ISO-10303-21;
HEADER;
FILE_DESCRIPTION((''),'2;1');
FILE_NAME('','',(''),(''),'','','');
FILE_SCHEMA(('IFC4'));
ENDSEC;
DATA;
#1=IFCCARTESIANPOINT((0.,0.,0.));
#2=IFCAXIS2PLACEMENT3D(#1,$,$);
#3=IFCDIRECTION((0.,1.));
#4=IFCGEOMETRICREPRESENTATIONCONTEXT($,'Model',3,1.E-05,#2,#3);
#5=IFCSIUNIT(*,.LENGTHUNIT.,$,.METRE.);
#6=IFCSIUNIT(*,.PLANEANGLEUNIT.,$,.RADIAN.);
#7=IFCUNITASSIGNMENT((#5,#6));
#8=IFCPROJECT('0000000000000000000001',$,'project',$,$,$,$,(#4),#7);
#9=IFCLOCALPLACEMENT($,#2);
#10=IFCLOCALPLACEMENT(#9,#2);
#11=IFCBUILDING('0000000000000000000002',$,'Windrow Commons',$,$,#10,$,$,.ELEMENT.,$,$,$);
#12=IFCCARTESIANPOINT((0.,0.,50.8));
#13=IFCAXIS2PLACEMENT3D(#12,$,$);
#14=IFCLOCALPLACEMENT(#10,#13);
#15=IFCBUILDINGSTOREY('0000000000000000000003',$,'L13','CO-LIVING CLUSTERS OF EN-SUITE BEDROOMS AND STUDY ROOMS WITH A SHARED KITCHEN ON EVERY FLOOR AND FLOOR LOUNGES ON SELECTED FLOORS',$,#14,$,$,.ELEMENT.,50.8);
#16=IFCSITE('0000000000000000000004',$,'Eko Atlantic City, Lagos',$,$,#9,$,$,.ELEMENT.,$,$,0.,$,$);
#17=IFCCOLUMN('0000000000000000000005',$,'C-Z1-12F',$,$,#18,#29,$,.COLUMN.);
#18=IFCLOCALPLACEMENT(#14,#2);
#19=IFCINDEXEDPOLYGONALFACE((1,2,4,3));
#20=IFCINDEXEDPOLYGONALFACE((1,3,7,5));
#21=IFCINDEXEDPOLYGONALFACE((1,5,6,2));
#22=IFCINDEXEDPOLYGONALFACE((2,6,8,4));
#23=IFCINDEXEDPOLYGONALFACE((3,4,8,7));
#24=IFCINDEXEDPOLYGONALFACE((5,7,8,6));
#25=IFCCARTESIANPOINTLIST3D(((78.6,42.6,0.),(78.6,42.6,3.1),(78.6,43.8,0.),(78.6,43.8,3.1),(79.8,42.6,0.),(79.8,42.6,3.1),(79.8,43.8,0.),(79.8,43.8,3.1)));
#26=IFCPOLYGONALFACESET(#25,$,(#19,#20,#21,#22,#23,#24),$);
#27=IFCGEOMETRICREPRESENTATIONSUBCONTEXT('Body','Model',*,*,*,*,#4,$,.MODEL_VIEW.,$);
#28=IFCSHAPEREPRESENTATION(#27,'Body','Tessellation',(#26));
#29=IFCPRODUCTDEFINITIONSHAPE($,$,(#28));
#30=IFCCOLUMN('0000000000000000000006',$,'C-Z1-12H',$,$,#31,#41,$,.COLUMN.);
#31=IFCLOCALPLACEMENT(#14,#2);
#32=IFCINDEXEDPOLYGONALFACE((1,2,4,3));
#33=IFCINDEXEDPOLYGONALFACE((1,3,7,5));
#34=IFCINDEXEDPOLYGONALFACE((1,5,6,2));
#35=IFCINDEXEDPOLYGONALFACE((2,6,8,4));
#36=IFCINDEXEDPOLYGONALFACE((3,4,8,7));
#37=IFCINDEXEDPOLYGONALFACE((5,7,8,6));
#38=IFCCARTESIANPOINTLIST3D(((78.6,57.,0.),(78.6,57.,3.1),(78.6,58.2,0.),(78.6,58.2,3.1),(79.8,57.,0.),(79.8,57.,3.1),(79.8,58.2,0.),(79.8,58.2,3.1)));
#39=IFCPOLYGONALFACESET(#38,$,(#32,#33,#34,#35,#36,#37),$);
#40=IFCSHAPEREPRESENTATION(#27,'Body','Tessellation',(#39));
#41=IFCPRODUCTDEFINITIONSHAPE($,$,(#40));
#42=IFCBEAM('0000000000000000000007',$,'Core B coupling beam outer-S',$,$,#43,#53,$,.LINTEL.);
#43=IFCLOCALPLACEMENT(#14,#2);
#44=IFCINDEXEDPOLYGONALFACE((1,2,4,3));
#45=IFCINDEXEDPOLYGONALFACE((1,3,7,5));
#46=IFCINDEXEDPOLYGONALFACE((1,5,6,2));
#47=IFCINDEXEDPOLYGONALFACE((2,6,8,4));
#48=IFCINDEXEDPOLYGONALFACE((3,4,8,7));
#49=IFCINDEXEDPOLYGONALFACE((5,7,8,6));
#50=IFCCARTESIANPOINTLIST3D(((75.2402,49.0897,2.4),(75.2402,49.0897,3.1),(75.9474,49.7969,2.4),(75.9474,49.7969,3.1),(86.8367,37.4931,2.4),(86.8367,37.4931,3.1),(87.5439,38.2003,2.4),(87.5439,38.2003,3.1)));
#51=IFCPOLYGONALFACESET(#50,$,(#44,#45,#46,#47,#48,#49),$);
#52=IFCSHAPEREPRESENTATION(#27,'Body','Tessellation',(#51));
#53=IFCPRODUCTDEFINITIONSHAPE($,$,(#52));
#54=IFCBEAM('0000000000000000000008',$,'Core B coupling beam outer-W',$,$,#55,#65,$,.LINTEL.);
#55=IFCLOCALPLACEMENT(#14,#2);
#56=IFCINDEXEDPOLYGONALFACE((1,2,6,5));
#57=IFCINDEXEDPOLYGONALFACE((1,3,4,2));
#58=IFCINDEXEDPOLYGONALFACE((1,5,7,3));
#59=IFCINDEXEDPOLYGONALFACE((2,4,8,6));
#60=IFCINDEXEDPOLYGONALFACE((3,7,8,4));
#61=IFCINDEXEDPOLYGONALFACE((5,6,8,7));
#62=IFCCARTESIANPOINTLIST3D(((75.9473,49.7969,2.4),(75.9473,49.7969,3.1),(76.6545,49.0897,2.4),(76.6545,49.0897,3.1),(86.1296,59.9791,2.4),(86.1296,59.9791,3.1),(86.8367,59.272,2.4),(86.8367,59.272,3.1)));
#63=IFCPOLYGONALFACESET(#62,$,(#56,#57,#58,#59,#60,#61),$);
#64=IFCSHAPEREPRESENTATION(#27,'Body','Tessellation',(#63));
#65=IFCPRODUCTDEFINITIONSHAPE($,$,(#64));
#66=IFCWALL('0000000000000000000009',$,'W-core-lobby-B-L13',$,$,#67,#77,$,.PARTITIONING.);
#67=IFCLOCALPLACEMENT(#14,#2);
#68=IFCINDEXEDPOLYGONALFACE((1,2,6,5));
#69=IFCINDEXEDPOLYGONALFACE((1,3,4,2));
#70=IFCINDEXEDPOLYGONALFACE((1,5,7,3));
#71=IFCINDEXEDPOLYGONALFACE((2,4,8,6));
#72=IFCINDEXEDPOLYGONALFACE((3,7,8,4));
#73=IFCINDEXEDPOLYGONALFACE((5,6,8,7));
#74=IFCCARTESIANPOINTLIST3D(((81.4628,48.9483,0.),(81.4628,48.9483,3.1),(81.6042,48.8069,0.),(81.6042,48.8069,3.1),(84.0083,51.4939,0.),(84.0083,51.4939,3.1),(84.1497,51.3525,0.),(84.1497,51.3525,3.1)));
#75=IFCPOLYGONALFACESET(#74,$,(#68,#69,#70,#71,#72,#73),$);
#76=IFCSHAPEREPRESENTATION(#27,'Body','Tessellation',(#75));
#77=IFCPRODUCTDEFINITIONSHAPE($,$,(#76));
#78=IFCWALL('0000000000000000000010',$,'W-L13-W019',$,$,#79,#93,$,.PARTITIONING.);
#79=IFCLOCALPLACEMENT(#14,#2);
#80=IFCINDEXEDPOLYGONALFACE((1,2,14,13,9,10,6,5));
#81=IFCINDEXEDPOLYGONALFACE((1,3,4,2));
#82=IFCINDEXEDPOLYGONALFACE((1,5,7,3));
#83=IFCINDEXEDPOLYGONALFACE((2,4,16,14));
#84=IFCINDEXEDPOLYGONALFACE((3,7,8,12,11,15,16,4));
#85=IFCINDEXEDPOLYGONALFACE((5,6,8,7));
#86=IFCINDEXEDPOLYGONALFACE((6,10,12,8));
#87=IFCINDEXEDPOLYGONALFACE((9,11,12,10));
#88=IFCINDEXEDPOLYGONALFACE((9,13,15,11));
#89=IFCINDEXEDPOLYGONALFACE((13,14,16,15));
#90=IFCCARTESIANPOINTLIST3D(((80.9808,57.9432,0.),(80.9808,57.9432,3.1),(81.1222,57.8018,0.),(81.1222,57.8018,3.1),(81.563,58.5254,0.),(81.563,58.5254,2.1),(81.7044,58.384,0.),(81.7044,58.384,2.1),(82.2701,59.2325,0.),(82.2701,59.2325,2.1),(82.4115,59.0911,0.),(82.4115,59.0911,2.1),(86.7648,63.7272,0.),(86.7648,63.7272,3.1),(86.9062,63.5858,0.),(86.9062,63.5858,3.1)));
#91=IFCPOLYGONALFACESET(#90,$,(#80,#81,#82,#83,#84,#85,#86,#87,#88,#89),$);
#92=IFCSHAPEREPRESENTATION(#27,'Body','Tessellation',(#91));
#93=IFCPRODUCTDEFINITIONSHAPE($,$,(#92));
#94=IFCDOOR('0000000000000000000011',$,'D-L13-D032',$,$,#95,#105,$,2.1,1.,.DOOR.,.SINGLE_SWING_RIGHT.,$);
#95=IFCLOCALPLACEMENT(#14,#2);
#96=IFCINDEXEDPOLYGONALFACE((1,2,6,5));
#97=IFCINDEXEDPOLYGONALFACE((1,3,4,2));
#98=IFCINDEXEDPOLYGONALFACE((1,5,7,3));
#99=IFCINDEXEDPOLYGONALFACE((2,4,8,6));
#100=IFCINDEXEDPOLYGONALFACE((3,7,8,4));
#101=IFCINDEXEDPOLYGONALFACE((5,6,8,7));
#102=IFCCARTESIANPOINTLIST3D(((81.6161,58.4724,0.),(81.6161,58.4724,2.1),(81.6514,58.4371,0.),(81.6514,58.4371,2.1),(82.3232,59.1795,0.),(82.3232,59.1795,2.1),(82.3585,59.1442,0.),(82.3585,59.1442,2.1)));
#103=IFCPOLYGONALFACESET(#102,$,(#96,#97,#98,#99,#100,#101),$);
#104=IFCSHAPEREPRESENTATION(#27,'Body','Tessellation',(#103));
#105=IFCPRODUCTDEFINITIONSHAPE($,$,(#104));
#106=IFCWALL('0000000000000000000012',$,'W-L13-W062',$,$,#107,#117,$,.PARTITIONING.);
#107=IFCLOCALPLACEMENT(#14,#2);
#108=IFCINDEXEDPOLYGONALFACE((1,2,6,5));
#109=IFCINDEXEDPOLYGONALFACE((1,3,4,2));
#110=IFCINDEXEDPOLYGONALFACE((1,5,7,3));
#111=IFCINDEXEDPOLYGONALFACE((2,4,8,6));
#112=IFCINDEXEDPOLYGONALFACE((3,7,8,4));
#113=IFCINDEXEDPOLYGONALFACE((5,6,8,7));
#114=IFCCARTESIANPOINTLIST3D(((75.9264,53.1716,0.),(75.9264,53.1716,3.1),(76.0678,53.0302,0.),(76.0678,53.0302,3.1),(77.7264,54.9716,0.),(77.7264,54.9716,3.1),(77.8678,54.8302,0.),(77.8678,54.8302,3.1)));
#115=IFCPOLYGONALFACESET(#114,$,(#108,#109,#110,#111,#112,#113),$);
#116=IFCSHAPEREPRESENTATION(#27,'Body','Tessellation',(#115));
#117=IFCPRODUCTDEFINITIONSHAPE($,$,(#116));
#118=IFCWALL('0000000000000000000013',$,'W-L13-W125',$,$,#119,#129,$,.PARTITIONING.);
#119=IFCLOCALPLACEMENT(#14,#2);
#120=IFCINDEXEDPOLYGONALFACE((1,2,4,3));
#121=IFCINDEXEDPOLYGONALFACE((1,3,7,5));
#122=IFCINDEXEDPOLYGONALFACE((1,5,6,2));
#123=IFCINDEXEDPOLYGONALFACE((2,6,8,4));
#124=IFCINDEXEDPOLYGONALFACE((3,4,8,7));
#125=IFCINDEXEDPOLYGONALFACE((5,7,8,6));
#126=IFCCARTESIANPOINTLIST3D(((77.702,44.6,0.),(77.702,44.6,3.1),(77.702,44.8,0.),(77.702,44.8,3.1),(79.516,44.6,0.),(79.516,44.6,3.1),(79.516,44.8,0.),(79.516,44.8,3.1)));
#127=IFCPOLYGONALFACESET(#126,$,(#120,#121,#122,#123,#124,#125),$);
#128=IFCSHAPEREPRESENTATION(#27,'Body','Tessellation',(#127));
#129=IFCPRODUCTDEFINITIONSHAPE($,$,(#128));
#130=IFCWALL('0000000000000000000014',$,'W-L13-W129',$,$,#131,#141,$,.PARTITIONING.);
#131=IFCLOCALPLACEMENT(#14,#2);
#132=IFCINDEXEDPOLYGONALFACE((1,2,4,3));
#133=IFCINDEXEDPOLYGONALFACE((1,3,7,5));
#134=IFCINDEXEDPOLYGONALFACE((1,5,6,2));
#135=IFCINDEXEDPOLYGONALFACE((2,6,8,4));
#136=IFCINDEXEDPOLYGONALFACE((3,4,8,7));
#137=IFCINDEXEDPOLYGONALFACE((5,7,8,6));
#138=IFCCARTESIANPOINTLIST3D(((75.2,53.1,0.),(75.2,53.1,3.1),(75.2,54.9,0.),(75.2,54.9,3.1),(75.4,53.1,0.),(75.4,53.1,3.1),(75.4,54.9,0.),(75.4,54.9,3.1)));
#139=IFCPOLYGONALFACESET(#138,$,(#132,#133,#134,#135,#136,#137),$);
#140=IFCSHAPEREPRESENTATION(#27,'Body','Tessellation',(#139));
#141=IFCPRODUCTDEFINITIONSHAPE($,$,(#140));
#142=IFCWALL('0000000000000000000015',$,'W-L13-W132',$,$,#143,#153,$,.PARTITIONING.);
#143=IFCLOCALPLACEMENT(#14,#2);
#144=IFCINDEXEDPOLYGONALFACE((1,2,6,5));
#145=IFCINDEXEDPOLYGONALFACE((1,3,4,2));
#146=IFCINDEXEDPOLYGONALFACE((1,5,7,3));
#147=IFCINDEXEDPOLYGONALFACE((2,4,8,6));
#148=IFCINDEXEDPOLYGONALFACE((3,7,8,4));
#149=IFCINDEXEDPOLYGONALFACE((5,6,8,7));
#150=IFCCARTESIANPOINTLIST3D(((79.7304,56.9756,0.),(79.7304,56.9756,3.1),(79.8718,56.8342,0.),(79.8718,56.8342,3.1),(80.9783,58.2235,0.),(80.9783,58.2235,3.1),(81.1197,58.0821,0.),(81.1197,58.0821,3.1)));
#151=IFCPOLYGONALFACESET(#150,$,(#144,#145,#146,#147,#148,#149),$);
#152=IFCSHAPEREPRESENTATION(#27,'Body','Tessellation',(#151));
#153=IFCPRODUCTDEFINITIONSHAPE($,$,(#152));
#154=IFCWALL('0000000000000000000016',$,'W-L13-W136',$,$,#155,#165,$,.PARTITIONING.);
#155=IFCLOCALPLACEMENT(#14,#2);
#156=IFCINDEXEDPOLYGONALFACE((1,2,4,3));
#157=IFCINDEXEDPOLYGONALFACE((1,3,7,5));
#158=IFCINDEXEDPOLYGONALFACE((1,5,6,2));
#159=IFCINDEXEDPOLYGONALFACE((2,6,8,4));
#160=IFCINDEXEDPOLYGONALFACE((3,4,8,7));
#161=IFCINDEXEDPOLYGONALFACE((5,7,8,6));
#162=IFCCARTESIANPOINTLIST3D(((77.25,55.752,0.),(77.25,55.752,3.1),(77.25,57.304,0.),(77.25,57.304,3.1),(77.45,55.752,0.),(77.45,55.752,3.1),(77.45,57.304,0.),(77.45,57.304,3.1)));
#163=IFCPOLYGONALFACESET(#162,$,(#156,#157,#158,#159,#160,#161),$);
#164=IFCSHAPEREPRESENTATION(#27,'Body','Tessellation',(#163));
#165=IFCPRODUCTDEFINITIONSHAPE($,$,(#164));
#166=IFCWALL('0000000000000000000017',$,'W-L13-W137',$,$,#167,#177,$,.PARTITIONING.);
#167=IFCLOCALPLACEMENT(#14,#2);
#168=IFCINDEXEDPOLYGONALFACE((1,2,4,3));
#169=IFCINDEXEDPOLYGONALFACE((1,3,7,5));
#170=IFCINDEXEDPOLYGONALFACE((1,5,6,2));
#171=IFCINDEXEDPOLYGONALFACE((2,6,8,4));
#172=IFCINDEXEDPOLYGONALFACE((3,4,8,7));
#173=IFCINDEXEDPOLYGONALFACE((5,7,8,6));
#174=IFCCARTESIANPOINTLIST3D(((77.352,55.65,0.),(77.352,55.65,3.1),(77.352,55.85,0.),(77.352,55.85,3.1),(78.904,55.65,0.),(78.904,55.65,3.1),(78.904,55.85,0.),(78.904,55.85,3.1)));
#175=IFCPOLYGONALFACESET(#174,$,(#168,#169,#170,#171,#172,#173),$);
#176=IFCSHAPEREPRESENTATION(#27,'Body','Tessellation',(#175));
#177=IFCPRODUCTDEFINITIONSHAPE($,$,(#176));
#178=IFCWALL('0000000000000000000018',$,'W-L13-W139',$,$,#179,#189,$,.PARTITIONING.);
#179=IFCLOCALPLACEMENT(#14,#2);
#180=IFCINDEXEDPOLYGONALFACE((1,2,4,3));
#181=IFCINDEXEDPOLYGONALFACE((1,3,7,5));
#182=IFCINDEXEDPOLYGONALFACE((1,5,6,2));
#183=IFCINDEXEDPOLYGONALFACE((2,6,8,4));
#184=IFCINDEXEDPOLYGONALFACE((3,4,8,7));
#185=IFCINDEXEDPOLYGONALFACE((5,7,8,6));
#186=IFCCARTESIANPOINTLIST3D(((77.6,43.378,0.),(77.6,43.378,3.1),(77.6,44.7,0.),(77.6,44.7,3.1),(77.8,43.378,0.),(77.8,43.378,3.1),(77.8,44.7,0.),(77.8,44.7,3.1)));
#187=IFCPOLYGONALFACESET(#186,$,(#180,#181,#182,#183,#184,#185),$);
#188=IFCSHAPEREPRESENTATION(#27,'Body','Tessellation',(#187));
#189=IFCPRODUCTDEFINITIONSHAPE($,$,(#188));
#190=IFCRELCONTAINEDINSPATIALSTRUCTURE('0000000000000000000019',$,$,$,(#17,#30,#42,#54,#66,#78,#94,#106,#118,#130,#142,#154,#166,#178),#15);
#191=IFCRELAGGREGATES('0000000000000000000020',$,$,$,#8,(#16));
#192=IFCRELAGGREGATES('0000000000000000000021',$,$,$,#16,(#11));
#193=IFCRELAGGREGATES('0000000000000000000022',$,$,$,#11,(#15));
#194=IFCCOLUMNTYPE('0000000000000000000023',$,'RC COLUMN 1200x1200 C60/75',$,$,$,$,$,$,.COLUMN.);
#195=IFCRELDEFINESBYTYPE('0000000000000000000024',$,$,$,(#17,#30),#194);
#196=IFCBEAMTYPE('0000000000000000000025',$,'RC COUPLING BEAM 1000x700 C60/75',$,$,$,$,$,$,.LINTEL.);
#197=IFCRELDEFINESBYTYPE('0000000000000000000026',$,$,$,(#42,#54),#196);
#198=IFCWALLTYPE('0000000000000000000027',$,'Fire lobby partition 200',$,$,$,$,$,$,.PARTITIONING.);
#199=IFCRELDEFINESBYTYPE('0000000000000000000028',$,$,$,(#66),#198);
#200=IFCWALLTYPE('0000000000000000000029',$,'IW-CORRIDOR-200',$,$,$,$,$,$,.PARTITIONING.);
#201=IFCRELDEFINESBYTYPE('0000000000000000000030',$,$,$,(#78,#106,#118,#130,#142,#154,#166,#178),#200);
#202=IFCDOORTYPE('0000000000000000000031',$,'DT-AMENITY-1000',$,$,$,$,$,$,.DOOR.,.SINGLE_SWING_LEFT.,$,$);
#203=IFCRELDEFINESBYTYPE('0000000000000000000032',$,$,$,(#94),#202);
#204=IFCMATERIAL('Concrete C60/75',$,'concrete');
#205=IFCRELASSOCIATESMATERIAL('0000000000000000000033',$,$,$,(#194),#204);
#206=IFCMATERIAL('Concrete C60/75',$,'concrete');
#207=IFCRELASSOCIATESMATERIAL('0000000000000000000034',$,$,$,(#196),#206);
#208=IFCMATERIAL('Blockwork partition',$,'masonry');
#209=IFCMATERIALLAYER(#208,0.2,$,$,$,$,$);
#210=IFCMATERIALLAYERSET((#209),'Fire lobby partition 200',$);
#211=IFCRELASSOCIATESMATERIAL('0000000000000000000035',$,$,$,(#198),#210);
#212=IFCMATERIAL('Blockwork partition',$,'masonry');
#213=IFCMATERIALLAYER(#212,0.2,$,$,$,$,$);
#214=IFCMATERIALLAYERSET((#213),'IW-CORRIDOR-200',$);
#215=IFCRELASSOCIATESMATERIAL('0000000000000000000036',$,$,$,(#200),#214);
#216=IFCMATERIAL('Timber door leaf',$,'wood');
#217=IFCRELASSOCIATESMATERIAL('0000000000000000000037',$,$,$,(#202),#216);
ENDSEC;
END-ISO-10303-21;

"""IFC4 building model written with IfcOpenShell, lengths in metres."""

from ifc_helpers import new_model, si_unit, direction, frame, frame_2d, origin, origin_2d, place, context, subcontext, project, spatial, rectangle, extrude, material, layer, layer_set, material_profile, profile_set, type_object, element, fill, save


model = new_model("IFC4")

# Units and contexts
model_context = context("Model", 3, precision=1e-05, world=origin(), true_north=direction((0.0, 1.0)))
body_context = subcontext(model_context, "Body", "Model", "MODEL_VIEW")
ifc_project = project(units=[si_unit("LENGTHUNIT", "METRE"), si_unit("PLANEANGLEUNIT", "RADIAN")], contexts=[model_context])

# Site, building, storey
site_placement = place(None, origin())
site = spatial("IfcSite", under=ifc_project, at=site_placement, Name="Eko Atlantic City, Lagos", CompositionType="ELEMENT", RefElevation=0.0)
building_placement = place(site_placement, origin())
building = spatial("IfcBuilding", under=site, at=building_placement, Name="Windrow Commons", CompositionType="ELEMENT")
storey_placement = place(building_placement, frame((0.0, 0.0, 50.8)))
storey = spatial("IfcBuildingStorey", under=building, at=storey_placement, Name="L13", Description="CO-LIVING CLUSTERS OF EN-SUITE BEDROOMS AND STUDY ROOMS WITH A SHARED KITCHEN ON EVERY FLOOR AND FLOOR LOUNGES ON SELECTED FLOORS", CompositionType="ELEMENT", Elevation=50.8)

# Columns
ifc_material_1 = material(Name="Concrete C60/75", Category="concrete")
ifc_material_profile_1 = material_profile(ifc_material_1, rectangle(XDim=1.2, YDim=1.2, at=origin_2d()))
ifc_profile_set_1 = profile_set([ifc_material_profile_1], Name="Concrete C60/75")
column_type = type_object("IfcColumnType", Name="RC COLUMN 1200x1200 C60/75", PredefinedType="COLUMN", material=ifc_profile_set_1)
for number, where, z_axis, x_axis, name in (
    (1, (79.2, 43.2, 0.0), (0.0, 0.0, 1.0), (1.0, 0.0, 0.0), "C-Z1-12F"),
    (2, (79.2, 57.6, 0.0), (0.0, 0.0, 1.0), (1.0, 0.0, 0.0), "C-Z1-12H"),
):
    element("IfcColumn", number, at=place(storey_placement, frame(where, z_axis=z_axis, x_axis=x_axis)), inside=storey, type_object=column_type, Name=name, PredefinedType="COLUMN", context=body_context, shape_type="SweptSolid", body=[
        extrude(rectangle(XDim=1.2, YDim=1.2, at=origin_2d()), origin(), (0.0, 0.0, 1.0), 3.1),
    ])

# Beams
ifc_material_2 = material(Name="Concrete C60/75", Category="concrete")
ifc_material_profile_2 = material_profile(ifc_material_2, rectangle(XDim=1.0, YDim=0.7, at=origin_2d()))
ifc_profile_set_2 = profile_set([ifc_material_profile_2], Name="Concrete C60/75")
beam_type = type_object("IfcBeamType", Name="RC COUPLING BEAM 1000x700 C60/75", PredefinedType="LINTEL", material=ifc_profile_set_2)
beam_1_placement = place(storey_placement, frame((75.5938, 49.4433, 2.75), z_axis=(0.707104, -0.70711, 0.0), x_axis=(0.70711, 0.707104, 0.0)))
element("IfcBeam", 3, at=beam_1_placement, inside=storey, type_object=beam_type, Name="Core B coupling beam outer-S", PredefinedType="LINTEL", context=body_context, shape_type="SweptSolid", body=[
    extrude(rectangle(XDim=1.0, YDim=0.7, at=origin_2d()), origin(), (0.0, 0.0, 1.0), 16.4),
])
beam_2_placement = place(storey_placement, frame((76.3009, 49.4433, 2.75), z_axis=(0.707107, 0.707107, 0.0), x_axis=(-0.707107, 0.707107, 0.0)))
element("IfcBeam", 4, at=beam_2_placement, inside=storey, type_object=beam_type, Name="Core B coupling beam outer-W", PredefinedType="LINTEL", context=body_context, shape_type="SweptSolid", body=[
    extrude(rectangle(XDim=1.0, YDim=0.7, at=origin_2d()), origin(), (0.0, 0.0, 1.0), 14.3999),
])

# Wall
ifc_material_3 = material(Name="Blockwork partition", Category="masonry")
ifc_layer_1 = layer(ifc_material_3, 0.2)
ifc_layer_set_1 = layer_set([ifc_layer_1], Name="Fire lobby partition 200")
wall_type_1 = type_object("IfcWallType", Name="Fire lobby partition 200", PredefinedType="PARTITIONING", material=ifc_layer_set_1)
wall_1_placement = place(storey_placement, frame((81.5335, 48.8776, 0.0), z_axis=(0.0, 0.0, 1.0), x_axis=(0.707093, 0.707121, 0.0)))
element("IfcWall", 5, at=wall_1_placement, inside=storey, type_object=wall_type_1, Name="W-core-lobby-B-L13", PredefinedType="PARTITIONING", context=body_context, shape_type="SweptSolid", body=[
    extrude(rectangle(XDim=3.6, YDim=0.2, at=frame_2d((1.8, 0.0))), origin(), (0.0, 0.0, 1.0), 3.1),
])

# Wall, opening, door
ifc_material_4 = material(Name="Blockwork partition", Category="masonry")
ifc_layer_2 = layer(ifc_material_4, 0.2)
ifc_layer_set_2 = layer_set([ifc_layer_2], Name="IW-CORRIDOR-200")
wall_type_2 = type_object("IfcWallType", Name="IW-CORRIDOR-200", PredefinedType="PARTITIONING", material=ifc_layer_set_2)
wall_2_placement = place(storey_placement, frame((81.0515, 57.8725, 0.0), z_axis=(0.0, 0.0, 1.0), x_axis=(0.707107, 0.707107, 0.0)))
wall_2 = element("IfcWall", 6, at=wall_2_placement, inside=storey, type_object=wall_type_2, Name="W-L13-W019", PredefinedType="PARTITIONING", context=body_context, shape_type="SweptSolid", body=[
    extrude(rectangle(XDim=8.1798, YDim=0.2, at=frame_2d((4.0899, 0.0))), origin(), (0.0, 0.0, 1.0), 3.1),
])
opening_1_placement = place(wall_2_placement, frame((0.8234, 0.0, 0.0)))
opening_1 = element("IfcOpeningElement", 7, at=opening_1_placement, cuts=wall_2, PredefinedType="OPENING", context=body_context, shape_type="SweptSolid", body=[
    extrude(rectangle(XDim=1.0, YDim=2.1, at=frame_2d((0.5, 1.05))), frame((0.0, 0.11, 0.0), z_axis=(0.0, -1.0, 0.0), x_axis=(1.0, 0.0, 0.0)), (0.0, 0.0, 1.0), 0.22),
])
ifc_material_5 = material(Name="Timber door leaf", Category="wood")
door_type_1 = type_object("IfcDoorType", Name="DT-AMENITY-1000", OperationType="SINGLE_SWING_LEFT", PredefinedType="DOOR", material=ifc_material_5)
door_1_placement = place(opening_1_placement, origin())
door_1 = element("IfcDoor", 8, at=door_1_placement, inside=storey, type_object=door_type_1, Name="D-L13-D032", OperationType="SINGLE_SWING_RIGHT", OverallHeight=2.1, OverallWidth=1.0, PredefinedType="DOOR", context=body_context, shape_type="SweptSolid", body=[
    extrude(rectangle(XDim=1.0, YDim=2.1, at=frame_2d((0.5, 1.05))), frame((0.0, 0.025, 0.0), z_axis=(0.0, -1.0, 0.0), x_axis=(1.0, 0.0, 0.0)), (0.0, 0.0, 1.0), 0.05),
])
fill(opening_1, door_1)

# Walls
wall_3_placement = place(storey_placement, frame((75.9971, 53.1009, 0.0), z_axis=(0.0, 0.0, 1.0), x_axis=(0.707107, 0.707107, 0.0)))
element("IfcWall", 9, at=wall_3_placement, inside=storey, type_object=wall_type_2, Name="W-L13-W062", PredefinedType="PARTITIONING", context=body_context, shape_type="SweptSolid", body=[
    extrude(rectangle(XDim=2.5456, YDim=0.2, at=frame_2d((1.2728, 0.0))), origin(), (0.0, 0.0, 1.0), 3.1),
])
wall_4_placement = place(storey_placement, frame((77.702, 44.7, 0.0), z_axis=(0.0, 0.0, 1.0), x_axis=(1.0, 0.0, 0.0)))
element("IfcWall", 10, at=wall_4_placement, inside=storey, type_object=wall_type_2, Name="W-L13-W125", PredefinedType="PARTITIONING", context=body_context, shape_type="SweptSolid", body=[
    extrude(rectangle(XDim=1.814, YDim=0.2, at=frame_2d((0.907, 0.0))), origin(), (0.0, 0.0, 1.0), 3.1),
])
wall_5_placement = place(storey_placement, frame((75.3, 53.1, 0.0), z_axis=(0.0, 0.0, 1.0), x_axis=(0.0, 1.0, 0.0)))
element("IfcWall", 11, at=wall_5_placement, inside=storey, type_object=wall_type_2, Name="W-L13-W129", PredefinedType="PARTITIONING", context=body_context, shape_type="SweptSolid", body=[
    extrude(rectangle(XDim=1.8, YDim=0.2, at=frame_2d((0.9, 0.0))), origin(), (0.0, 0.0, 1.0), 3.1),
])
wall_6_placement = place(storey_placement, frame((79.8011, 56.9049, 0.0), z_axis=(0.0, 0.0, 1.0), x_axis=(0.707107, 0.707107, 0.0)))
element("IfcWall", 12, at=wall_6_placement, inside=storey, type_object=wall_type_2, Name="W-L13-W132", PredefinedType="PARTITIONING", context=body_context, shape_type="SweptSolid", body=[
    extrude(rectangle(XDim=1.7649, YDim=0.2, at=frame_2d((0.8824, 0.0))), origin(), (0.0, 0.0, 1.0), 3.1),
])
for number, where, z_axis, x_axis, name in (
    (13, (77.35, 55.752, 0.0), (0.0, 0.0, 1.0), (0.0, 1.0, 0.0), "W-L13-W136"),
    (14, (77.352, 55.75, 0.0), (0.0, 0.0, 1.0), (1.0, 0.0, 0.0), "W-L13-W137"),
):
    element("IfcWall", number, at=place(storey_placement, frame(where, z_axis=z_axis, x_axis=x_axis)), inside=storey, type_object=wall_type_2, Name=name, PredefinedType="PARTITIONING", context=body_context, shape_type="SweptSolid", body=[
        extrude(rectangle(XDim=1.552, YDim=0.2, at=frame_2d((0.776, 0.0))), origin(), (0.0, 0.0, 1.0), 3.1),
    ])
wall_7_placement = place(storey_placement, frame((77.7, 43.378, 0.0), z_axis=(0.0, 0.0, 1.0), x_axis=(0.0, 1.0, 0.0)))
element("IfcWall", 15, at=wall_7_placement, inside=storey, type_object=wall_type_2, Name="W-L13-W139", PredefinedType="PARTITIONING", context=body_context, shape_type="SweptSolid", body=[
    extrude(rectangle(XDim=1.322, YDim=0.2, at=frame_2d((0.661, 0.0))), origin(), (0.0, 0.0, 1.0), 3.1),
])

save(model, "model.ifc")
